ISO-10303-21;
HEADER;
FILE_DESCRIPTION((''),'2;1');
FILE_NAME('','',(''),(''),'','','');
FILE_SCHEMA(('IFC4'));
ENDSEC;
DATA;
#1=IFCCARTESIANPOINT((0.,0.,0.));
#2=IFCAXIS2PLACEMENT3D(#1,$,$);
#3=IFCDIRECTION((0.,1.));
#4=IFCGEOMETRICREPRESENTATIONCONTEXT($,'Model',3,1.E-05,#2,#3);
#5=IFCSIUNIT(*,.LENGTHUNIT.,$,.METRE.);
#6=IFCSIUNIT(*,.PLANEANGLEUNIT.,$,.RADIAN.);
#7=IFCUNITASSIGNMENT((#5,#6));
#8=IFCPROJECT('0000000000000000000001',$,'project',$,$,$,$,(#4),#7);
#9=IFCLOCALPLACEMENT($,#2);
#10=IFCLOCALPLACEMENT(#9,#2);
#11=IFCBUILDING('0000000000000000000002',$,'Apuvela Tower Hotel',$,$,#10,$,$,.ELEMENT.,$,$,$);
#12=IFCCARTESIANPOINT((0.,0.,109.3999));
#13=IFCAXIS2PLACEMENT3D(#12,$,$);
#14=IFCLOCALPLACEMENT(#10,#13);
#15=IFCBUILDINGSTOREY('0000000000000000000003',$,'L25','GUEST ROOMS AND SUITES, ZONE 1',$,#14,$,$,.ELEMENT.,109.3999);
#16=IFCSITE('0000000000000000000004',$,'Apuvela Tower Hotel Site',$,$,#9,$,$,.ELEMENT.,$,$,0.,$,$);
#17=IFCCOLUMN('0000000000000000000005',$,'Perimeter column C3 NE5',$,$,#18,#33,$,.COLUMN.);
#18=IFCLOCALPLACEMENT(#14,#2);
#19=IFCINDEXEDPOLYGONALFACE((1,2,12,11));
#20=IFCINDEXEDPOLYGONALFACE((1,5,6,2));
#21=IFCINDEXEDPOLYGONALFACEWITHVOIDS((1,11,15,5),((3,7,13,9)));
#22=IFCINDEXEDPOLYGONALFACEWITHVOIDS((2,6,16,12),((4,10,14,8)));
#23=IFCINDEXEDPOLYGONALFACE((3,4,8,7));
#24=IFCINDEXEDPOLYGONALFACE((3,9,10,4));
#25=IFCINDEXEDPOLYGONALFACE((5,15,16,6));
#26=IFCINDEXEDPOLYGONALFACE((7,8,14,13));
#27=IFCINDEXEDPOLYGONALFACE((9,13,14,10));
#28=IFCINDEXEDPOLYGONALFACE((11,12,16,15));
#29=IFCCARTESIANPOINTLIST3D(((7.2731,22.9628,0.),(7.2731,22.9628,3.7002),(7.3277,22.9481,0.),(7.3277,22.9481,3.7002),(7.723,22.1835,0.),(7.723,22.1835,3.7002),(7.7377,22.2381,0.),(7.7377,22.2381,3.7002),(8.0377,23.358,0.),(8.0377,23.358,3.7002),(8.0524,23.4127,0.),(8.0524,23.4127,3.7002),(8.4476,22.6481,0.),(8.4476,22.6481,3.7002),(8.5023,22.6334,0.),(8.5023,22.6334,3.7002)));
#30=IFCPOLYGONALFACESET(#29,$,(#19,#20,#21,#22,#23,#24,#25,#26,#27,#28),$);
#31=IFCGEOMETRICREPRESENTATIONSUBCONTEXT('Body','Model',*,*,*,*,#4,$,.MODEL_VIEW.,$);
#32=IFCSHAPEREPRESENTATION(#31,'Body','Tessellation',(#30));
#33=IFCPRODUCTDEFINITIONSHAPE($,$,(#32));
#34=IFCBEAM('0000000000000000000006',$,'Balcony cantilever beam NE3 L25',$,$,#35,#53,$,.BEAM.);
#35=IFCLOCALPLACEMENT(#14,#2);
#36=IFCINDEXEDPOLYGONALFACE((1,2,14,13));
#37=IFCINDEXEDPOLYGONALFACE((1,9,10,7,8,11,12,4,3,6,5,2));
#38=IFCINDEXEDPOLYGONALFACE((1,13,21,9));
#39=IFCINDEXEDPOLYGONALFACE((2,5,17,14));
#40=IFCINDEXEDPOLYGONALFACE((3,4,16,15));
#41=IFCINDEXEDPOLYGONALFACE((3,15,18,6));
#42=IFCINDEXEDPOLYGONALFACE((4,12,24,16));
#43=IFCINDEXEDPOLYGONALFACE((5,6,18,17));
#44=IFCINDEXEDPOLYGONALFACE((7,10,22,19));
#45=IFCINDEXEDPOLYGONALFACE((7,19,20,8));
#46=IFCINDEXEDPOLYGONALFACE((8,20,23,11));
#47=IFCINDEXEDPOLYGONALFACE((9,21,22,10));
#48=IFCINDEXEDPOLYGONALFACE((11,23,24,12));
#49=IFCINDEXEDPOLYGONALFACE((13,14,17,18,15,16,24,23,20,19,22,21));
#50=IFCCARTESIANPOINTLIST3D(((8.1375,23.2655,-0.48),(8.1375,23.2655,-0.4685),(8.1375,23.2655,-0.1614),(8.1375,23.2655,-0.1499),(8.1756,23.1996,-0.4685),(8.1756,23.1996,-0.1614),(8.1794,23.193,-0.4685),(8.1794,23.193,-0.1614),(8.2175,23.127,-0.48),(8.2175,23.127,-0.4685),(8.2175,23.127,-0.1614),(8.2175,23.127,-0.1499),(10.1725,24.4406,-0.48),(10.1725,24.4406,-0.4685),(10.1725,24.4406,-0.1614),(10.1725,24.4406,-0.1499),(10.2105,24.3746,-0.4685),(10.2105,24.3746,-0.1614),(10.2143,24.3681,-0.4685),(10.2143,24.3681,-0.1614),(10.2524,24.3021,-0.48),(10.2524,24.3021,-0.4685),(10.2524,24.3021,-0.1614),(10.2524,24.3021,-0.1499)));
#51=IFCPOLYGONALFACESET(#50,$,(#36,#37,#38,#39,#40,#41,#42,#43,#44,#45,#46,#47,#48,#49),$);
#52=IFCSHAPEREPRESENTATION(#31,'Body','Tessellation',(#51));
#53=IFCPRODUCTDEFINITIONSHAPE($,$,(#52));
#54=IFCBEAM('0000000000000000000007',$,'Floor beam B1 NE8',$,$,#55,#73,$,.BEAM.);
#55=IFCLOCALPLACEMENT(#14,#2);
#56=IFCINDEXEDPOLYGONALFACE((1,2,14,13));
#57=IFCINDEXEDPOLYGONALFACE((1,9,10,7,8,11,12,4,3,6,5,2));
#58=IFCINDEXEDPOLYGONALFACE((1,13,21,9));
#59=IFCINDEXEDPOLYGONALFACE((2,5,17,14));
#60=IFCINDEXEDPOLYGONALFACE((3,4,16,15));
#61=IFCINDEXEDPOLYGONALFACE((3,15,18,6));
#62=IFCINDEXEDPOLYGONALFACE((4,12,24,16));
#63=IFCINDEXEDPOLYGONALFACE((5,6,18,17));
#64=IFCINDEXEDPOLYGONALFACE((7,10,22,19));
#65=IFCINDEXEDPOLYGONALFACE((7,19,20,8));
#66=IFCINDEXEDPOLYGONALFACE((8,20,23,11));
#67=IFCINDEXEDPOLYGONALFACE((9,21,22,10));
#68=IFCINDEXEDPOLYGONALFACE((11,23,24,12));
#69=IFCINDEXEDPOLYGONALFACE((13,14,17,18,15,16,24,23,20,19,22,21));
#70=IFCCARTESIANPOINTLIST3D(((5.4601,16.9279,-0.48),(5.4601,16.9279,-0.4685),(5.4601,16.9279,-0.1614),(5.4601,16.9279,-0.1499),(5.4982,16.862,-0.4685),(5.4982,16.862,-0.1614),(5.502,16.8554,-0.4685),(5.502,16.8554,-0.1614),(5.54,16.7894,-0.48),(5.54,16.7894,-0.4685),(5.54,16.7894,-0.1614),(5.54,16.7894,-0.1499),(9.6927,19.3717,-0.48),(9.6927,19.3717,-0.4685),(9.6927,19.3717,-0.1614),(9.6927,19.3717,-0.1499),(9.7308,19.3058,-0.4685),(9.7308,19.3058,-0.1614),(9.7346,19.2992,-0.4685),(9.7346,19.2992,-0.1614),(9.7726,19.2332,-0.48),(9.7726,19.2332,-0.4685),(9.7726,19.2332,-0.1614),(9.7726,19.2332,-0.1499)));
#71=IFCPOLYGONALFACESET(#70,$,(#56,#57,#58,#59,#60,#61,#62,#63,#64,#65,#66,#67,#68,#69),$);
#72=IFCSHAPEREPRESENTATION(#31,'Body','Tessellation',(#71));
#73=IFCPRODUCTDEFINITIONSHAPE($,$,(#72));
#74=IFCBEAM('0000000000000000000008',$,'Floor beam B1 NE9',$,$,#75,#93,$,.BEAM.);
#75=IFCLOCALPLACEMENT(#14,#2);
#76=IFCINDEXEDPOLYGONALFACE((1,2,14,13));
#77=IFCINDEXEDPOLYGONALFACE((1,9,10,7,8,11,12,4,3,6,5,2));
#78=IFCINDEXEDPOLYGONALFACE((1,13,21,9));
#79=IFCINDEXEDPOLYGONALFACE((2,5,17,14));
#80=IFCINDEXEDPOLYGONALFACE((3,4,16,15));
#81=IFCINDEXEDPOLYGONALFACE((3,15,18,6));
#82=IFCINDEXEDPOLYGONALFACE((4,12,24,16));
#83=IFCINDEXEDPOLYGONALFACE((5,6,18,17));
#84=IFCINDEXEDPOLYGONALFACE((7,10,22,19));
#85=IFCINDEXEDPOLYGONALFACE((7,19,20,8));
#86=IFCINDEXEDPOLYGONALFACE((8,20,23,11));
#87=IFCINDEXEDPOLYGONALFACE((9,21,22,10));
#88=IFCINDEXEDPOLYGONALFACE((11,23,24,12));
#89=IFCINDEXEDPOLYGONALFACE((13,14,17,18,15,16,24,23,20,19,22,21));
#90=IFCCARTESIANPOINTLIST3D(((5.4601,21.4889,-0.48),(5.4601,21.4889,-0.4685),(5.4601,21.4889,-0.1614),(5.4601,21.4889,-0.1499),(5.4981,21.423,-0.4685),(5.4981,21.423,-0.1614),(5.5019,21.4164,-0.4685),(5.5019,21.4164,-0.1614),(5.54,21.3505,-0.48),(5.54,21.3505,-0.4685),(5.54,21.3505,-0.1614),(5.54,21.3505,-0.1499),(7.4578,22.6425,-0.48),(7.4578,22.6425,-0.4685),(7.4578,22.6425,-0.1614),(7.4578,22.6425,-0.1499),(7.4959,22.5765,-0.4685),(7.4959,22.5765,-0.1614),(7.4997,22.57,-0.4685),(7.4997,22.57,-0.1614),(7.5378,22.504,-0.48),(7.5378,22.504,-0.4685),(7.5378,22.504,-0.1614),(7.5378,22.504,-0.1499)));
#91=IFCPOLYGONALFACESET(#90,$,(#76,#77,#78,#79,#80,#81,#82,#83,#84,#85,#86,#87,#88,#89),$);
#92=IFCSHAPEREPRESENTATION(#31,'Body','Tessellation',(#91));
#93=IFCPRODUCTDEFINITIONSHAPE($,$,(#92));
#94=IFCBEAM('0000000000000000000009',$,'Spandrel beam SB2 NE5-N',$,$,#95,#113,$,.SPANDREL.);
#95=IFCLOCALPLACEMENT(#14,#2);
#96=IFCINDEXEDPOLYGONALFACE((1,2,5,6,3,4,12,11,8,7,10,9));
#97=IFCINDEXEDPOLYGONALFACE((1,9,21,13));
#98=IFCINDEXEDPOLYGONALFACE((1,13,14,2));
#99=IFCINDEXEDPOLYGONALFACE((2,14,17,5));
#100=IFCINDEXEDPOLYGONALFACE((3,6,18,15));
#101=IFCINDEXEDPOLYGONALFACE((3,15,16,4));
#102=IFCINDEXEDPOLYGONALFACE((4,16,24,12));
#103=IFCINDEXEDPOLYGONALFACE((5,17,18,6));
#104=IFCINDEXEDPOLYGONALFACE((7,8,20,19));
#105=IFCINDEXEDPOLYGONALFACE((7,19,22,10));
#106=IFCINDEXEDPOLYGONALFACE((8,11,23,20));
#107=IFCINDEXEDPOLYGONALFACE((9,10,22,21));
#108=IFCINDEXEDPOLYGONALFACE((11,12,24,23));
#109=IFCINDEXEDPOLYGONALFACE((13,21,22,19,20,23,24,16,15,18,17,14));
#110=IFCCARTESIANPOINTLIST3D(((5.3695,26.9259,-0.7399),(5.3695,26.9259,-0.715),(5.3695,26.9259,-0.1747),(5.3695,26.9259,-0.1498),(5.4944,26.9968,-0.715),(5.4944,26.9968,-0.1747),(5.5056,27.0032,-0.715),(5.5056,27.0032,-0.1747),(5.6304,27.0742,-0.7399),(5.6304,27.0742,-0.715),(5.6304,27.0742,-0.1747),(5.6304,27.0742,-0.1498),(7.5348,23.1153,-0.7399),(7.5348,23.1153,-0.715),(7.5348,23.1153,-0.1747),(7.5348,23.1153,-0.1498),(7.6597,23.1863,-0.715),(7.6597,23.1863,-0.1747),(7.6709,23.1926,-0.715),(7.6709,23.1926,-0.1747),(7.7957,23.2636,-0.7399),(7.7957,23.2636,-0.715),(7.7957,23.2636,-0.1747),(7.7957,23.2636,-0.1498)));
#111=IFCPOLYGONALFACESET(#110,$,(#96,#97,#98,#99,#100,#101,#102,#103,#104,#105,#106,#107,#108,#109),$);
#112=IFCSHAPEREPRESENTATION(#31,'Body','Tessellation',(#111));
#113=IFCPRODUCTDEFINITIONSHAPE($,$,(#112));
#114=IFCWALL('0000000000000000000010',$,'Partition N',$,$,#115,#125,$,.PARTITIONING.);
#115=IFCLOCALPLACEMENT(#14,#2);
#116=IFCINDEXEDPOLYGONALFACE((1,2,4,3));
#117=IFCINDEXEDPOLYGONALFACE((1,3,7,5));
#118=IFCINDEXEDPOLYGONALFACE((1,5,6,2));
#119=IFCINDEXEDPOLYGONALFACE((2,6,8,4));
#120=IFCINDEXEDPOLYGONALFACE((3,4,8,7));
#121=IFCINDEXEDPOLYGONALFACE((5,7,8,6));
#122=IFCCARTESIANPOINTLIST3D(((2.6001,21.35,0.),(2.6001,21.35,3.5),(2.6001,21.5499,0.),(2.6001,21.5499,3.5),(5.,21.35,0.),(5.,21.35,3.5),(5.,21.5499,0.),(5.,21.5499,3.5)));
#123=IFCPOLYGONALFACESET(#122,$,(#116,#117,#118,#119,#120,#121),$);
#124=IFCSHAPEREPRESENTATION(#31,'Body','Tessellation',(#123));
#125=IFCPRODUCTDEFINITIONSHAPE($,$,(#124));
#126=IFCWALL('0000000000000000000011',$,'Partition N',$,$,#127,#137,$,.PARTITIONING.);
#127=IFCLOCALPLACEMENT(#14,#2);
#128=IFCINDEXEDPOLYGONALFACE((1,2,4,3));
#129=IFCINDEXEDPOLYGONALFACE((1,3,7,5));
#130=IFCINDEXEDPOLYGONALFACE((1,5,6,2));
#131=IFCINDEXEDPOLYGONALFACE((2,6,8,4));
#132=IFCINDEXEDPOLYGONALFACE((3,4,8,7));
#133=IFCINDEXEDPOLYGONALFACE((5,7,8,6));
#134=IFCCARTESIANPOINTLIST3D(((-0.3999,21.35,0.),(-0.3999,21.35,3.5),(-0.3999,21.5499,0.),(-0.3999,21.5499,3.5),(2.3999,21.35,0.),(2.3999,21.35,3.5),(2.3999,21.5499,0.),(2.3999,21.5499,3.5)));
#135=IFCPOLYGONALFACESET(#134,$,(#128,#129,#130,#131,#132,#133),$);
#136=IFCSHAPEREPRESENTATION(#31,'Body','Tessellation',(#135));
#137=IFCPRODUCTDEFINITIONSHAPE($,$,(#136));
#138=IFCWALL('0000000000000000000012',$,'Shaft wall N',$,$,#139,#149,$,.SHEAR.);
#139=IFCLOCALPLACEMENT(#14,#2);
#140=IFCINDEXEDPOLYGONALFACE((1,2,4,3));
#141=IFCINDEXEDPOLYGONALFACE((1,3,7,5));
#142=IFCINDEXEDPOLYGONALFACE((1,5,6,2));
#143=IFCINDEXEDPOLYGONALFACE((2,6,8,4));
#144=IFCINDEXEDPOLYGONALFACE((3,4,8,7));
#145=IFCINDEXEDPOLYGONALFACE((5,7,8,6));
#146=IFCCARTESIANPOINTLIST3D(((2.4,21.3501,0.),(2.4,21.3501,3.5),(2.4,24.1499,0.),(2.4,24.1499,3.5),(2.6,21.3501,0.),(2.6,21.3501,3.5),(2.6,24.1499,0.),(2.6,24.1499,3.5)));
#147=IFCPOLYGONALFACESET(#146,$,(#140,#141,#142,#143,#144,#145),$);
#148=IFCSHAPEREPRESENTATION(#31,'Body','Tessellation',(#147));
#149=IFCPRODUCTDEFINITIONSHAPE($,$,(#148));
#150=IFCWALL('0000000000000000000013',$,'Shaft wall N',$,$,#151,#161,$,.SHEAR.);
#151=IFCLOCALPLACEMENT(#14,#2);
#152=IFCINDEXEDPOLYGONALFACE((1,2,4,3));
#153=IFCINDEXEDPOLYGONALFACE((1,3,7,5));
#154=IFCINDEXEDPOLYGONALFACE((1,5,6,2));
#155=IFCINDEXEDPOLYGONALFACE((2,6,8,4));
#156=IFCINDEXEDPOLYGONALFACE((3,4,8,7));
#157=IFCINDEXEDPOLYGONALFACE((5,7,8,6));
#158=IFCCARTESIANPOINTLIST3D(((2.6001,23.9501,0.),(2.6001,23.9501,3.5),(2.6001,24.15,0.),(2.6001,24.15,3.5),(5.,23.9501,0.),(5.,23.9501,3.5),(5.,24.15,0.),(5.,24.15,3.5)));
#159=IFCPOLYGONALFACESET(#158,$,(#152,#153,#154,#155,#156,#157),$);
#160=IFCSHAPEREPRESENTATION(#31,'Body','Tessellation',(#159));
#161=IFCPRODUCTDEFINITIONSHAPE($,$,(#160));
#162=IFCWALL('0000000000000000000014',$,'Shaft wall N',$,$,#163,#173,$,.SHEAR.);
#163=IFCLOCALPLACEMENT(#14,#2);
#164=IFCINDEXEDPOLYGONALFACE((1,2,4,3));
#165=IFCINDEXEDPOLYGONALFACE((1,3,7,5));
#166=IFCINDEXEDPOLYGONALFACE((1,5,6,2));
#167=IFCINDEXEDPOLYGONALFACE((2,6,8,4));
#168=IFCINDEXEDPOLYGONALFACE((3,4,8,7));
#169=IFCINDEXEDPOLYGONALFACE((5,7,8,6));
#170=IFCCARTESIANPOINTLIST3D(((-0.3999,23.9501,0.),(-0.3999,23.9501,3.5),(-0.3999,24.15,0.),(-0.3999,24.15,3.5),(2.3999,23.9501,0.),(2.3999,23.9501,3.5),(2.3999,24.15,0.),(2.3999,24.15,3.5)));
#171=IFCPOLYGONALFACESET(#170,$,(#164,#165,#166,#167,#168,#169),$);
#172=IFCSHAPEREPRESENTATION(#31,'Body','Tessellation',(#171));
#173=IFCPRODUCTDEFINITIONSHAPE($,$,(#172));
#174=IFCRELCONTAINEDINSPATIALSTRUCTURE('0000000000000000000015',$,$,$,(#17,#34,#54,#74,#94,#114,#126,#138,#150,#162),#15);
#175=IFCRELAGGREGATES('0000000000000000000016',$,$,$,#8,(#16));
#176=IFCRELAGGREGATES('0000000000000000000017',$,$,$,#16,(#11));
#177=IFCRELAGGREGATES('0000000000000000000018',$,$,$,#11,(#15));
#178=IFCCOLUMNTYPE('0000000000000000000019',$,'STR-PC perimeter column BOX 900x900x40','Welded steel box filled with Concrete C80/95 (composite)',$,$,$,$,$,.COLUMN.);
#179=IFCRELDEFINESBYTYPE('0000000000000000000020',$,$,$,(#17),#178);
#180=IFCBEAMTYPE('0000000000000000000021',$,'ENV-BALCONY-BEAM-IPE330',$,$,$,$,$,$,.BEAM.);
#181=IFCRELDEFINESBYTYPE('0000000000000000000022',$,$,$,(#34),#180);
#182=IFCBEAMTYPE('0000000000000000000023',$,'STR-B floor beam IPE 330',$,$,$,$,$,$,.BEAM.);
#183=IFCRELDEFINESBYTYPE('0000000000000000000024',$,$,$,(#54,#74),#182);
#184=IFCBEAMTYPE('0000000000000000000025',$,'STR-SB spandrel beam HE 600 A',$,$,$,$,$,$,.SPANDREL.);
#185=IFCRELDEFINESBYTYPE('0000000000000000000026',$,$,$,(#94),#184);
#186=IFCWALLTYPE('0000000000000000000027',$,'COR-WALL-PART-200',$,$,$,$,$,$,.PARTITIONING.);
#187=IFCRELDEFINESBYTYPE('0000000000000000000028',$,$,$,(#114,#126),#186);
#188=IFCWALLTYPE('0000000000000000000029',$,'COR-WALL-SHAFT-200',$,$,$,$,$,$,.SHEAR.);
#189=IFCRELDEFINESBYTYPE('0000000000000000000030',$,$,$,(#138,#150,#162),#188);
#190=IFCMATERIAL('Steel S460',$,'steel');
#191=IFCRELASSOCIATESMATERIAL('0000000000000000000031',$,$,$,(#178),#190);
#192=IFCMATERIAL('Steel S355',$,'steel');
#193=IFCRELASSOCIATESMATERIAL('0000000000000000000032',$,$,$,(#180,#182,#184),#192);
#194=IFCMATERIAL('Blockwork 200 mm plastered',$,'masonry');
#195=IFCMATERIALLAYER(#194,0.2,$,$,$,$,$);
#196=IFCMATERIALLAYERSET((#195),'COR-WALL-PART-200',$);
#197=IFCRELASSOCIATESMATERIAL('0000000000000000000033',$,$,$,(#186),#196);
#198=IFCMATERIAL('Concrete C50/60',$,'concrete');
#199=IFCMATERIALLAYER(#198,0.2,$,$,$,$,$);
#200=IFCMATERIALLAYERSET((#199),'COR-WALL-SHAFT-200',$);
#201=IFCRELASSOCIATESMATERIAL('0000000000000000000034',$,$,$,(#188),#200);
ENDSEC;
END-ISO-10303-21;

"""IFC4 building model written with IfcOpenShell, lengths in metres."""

from ifc_helpers import new_model, si_unit, direction, frame, frame_2d, origin, origin_2d, place, context, subcontext, project, spatial, rectangle, hollow_rectangle, i_section, extrude, material, layer, layer_set, material_profile, profile_set, type_object, element, save


model = new_model("IFC4")

# Units and contexts
model_context = context("Model", 3, precision=1e-05, world=origin(), true_north=direction((0.0, 1.0)))
body_context = subcontext(model_context, "Body", "Model", "MODEL_VIEW")
ifc_project = project(units=[si_unit("LENGTHUNIT", "METRE"), si_unit("PLANEANGLEUNIT", "RADIAN")], contexts=[model_context])

# Site, building, storey
site_placement = place(None, origin())
site = spatial("IfcSite", under=ifc_project, at=site_placement, Name="Apuvela Tower Hotel Site", CompositionType="ELEMENT", RefElevation=0.0)
building_placement = place(site_placement, origin())
building = spatial("IfcBuilding", under=site, at=building_placement, Name="Apuvela Tower Hotel", CompositionType="ELEMENT")
storey_placement = place(building_placement, frame((0.0, 0.0, 109.3999)))
storey = spatial("IfcBuildingStorey", under=building, at=storey_placement, Name="L25", Description="GUEST ROOMS AND SUITES, ZONE 1", CompositionType="ELEMENT", Elevation=109.3999)

# Column
ifc_material_1 = material(Name="Steel S460", Category="steel")
ifc_material_profile_1 = material_profile(ifc_material_1, hollow_rectangle(XDim=0.8999, YDim=0.8999, WallThickness=0.04, at=origin_2d()), Name="BOX 900x900x40")
ifc_material_2 = material(Name="Concrete C80/95", Category="concrete")
ifc_material_profile_2 = material_profile(ifc_material_2, rectangle(XDim=0.8201, YDim=0.8201, at=origin_2d()), Name="Concrete C80/95 infill")
ifc_profile_set_1 = profile_set([ifc_material_profile_1, ifc_material_profile_2], Name="Steel S460")
column_type = type_object("IfcColumnType", Name="STR-PC perimeter column BOX 900x900x40", Description="Welded steel box filled with Concrete C80/95 (composite)", PredefinedType="COLUMN", material=ifc_profile_set_1)
column_placement = place(storey_placement, frame((7.8877, 22.7981, 0.0), z_axis=(0.0, 0.0, 1.0), x_axis=(-0.5, 0.866025, 0.0)))
element("IfcColumn", 1, at=column_placement, inside=storey, type_object=column_type, Name="Perimeter column C3 NE5", PredefinedType="COLUMN", context=body_context, shape_type="SweptSolid", body=[
    extrude(hollow_rectangle(XDim=0.8999, YDim=0.8999, WallThickness=0.04, at=origin_2d()), origin(), (0.0, 0.0, 1.0), 3.7002),
])

# Beams
ifc_material_3 = material(Name="Steel S355", Category="steel")
ifc_material_profile_3 = material_profile(ifc_material_3, i_section(OverallWidth=0.1599, OverallDepth=0.3301, WebThickness=0.0076, FlangeThickness=0.0115, at=origin_2d()), Name="IPE 330")
ifc_profile_set_2 = profile_set([ifc_material_profile_3], Name="Steel S355")
beam_type_1 = type_object("IfcBeamType", Name="ENV-BALCONY-BEAM-IPE330", PredefinedType="BEAM", material=ifc_profile_set_2)
beam_1_placement = place(storey_placement, frame((8.1775, 23.1963, -0.3149), z_axis=(0.86599, 0.500061, 0.0), x_axis=(-0.500061, 0.86599, 0.0)))
element("IfcBeam", 2, at=beam_1_placement, inside=storey, type_object=beam_type_1, Name="Balcony cantilever beam NE3 L25", PredefinedType="BEAM", context=body_context, shape_type="SweptSolid", body=[
    extrude(i_section(OverallWidth=0.1599, OverallDepth=0.3301, WebThickness=0.0076, FlangeThickness=0.0115, at=origin_2d()), origin(), (0.0, 0.0, 1.0), 2.3499),
])
ifc_material_profile_4 = material_profile(ifc_material_3, i_section(OverallWidth=0.1599, OverallDepth=0.3301, WebThickness=0.0076, FlangeThickness=0.0115, at=origin_2d()), Name="IPE 330")
ifc_profile_set_3 = profile_set([ifc_material_profile_4], Name="Steel S355")
beam_type_2 = type_object("IfcBeamType", Name="STR-B floor beam IPE 330", PredefinedType="BEAM", material=ifc_profile_set_3)
beam_2_placement = place(storey_placement, frame((9.7327, 19.3025, -0.3149), z_axis=(-0.866015, -0.500018, 0.0), x_axis=(0.500018, -0.866015, 0.0)))
element("IfcBeam", 3, at=beam_2_placement, inside=storey, type_object=beam_type_2, Name="Floor beam B1 NE8", PredefinedType="BEAM", context=body_context, shape_type="SweptSolid", body=[
    extrude(i_section(OverallWidth=0.1599, OverallDepth=0.3301, WebThickness=0.0076, FlangeThickness=0.0115, at=origin_2d()), origin(), (0.0, 0.0, 1.0), 4.8875),
])
beam_3_placement = place(storey_placement, frame((7.4978, 22.5732, -0.3149), z_axis=(-0.866001, -0.500043, 0.0), x_axis=(0.500043, -0.866001, 0.0)))
element("IfcBeam", 4, at=beam_3_placement, inside=storey, type_object=beam_type_2, Name="Floor beam B1 NE9", PredefinedType="BEAM", context=body_context, shape_type="SweptSolid", body=[
    extrude(i_section(OverallWidth=0.1599, OverallDepth=0.3301, WebThickness=0.0076, FlangeThickness=0.0115, at=origin_2d()), origin(), (0.0, 0.0, 1.0), 2.3069),
])
ifc_material_profile_5 = material_profile(ifc_material_3, i_section(OverallWidth=0.3, OverallDepth=0.5901, WebThickness=0.0129, FlangeThickness=0.0249, at=origin_2d()), Name="HE 600 A")
ifc_profile_set_4 = profile_set([ifc_material_profile_5], Name="Steel S355")
beam_type_3 = type_object("IfcBeamType", Name="STR-SB spandrel beam HE 600 A", PredefinedType="SPANDREL", material=ifc_profile_set_4)
beam_4_placement = place(storey_placement, frame((7.6653, 23.1895, -0.4448), z_axis=(-0.494044, 0.869437, 0.0), x_axis=(-0.869437, -0.494044, 0.0)))
element("IfcBeam", 5, at=beam_4_placement, inside=storey, type_object=beam_type_3, Name="Spandrel beam SB2 NE5-N", PredefinedType="SPANDREL", context=body_context, shape_type="SweptSolid", body=[
    extrude(i_section(OverallWidth=0.3, OverallDepth=0.5901, WebThickness=0.0129, FlangeThickness=0.0249, at=origin_2d()), origin(), (0.0, 0.0, 1.0), 4.3828),
])

# Walls
ifc_material_4 = material(Name="Blockwork 200 mm plastered", Category="masonry")
ifc_layer_1 = layer(ifc_material_4, 0.2)
ifc_layer_set_1 = layer_set([ifc_layer_1], Name="COR-WALL-PART-200")
wall_type_1 = type_object("IfcWallType", Name="COR-WALL-PART-200", PredefinedType="PARTITIONING", material=ifc_layer_set_1)
wall_1_placement = place(storey_placement, frame((5.0, 21.45, 0.0), z_axis=(0.0, 0.0, 1.0), x_axis=(-1.0, 0.0, 0.0)))
element("IfcWall", 6, at=wall_1_placement, inside=storey, type_object=wall_type_1, Name="Partition N", PredefinedType="PARTITIONING", context=body_context, shape_type="SweptSolid", body=[
    extrude(rectangle(XDim=2.3999, YDim=0.2, at=frame_2d((1.2, 0.0))), origin(), (0.0, 0.0, 1.0), 3.5),
])
wall_2_placement = place(storey_placement, frame((2.3999, 21.45, 0.0), z_axis=(0.0, 0.0, 1.0), x_axis=(-1.0, 0.0, 0.0)))
element("IfcWall", 7, at=wall_2_placement, inside=storey, type_object=wall_type_1, Name="Partition N", PredefinedType="PARTITIONING", context=body_context, shape_type="SweptSolid", body=[
    extrude(rectangle(XDim=2.7998, YDim=0.2, at=frame_2d((1.3999, 0.0))), origin(), (0.0, 0.0, 1.0), 3.5),
])
ifc_material_5 = material(Name="Concrete C50/60", Category="concrete")
ifc_layer_2 = layer(ifc_material_5, 0.2)
ifc_layer_set_2 = layer_set([ifc_layer_2], Name="COR-WALL-SHAFT-200")
wall_type_2 = type_object("IfcWallType", Name="COR-WALL-SHAFT-200", PredefinedType="SHEAR", material=ifc_layer_set_2)
wall_3_placement = place(storey_placement, frame((2.5, 21.3501, 0.0), z_axis=(0.0, 0.0, 1.0), x_axis=(0.0, 1.0, 0.0)))
element("IfcWall", 8, at=wall_3_placement, inside=storey, type_object=wall_type_2, Name="Shaft wall N", PredefinedType="SHEAR", context=body_context, shape_type="SweptSolid", body=[
    extrude(rectangle(XDim=2.7998, YDim=0.2, at=frame_2d((1.3999, 0.0))), origin(), (0.0, 0.0, 1.0), 3.5),
])
wall_4_placement = place(storey_placement, frame((5.0, 24.05, 0.0), z_axis=(0.0, 0.0, 1.0), x_axis=(-1.0, 0.0, 0.0)))
element("IfcWall", 9, at=wall_4_placement, inside=storey, type_object=wall_type_2, Name="Shaft wall N", PredefinedType="SHEAR", context=body_context, shape_type="SweptSolid", body=[
    extrude(rectangle(XDim=2.3999, YDim=0.2, at=frame_2d((1.2, 0.0))), origin(), (0.0, 0.0, 1.0), 3.5),
])
wall_5_placement = place(storey_placement, frame((2.3999, 24.05, 0.0), z_axis=(0.0, 0.0, 1.0), x_axis=(-1.0, 0.0, 0.0)))
element("IfcWall", 10, at=wall_5_placement, inside=storey, type_object=wall_type_2, Name="Shaft wall N", PredefinedType="SHEAR", context=body_context, shape_type="SweptSolid", body=[
    extrude(rectangle(XDim=2.7998, YDim=0.2, at=frame_2d((1.3999, 0.0))), origin(), (0.0, 0.0, 1.0), 3.5),
])

save(model, "model.ifc")
